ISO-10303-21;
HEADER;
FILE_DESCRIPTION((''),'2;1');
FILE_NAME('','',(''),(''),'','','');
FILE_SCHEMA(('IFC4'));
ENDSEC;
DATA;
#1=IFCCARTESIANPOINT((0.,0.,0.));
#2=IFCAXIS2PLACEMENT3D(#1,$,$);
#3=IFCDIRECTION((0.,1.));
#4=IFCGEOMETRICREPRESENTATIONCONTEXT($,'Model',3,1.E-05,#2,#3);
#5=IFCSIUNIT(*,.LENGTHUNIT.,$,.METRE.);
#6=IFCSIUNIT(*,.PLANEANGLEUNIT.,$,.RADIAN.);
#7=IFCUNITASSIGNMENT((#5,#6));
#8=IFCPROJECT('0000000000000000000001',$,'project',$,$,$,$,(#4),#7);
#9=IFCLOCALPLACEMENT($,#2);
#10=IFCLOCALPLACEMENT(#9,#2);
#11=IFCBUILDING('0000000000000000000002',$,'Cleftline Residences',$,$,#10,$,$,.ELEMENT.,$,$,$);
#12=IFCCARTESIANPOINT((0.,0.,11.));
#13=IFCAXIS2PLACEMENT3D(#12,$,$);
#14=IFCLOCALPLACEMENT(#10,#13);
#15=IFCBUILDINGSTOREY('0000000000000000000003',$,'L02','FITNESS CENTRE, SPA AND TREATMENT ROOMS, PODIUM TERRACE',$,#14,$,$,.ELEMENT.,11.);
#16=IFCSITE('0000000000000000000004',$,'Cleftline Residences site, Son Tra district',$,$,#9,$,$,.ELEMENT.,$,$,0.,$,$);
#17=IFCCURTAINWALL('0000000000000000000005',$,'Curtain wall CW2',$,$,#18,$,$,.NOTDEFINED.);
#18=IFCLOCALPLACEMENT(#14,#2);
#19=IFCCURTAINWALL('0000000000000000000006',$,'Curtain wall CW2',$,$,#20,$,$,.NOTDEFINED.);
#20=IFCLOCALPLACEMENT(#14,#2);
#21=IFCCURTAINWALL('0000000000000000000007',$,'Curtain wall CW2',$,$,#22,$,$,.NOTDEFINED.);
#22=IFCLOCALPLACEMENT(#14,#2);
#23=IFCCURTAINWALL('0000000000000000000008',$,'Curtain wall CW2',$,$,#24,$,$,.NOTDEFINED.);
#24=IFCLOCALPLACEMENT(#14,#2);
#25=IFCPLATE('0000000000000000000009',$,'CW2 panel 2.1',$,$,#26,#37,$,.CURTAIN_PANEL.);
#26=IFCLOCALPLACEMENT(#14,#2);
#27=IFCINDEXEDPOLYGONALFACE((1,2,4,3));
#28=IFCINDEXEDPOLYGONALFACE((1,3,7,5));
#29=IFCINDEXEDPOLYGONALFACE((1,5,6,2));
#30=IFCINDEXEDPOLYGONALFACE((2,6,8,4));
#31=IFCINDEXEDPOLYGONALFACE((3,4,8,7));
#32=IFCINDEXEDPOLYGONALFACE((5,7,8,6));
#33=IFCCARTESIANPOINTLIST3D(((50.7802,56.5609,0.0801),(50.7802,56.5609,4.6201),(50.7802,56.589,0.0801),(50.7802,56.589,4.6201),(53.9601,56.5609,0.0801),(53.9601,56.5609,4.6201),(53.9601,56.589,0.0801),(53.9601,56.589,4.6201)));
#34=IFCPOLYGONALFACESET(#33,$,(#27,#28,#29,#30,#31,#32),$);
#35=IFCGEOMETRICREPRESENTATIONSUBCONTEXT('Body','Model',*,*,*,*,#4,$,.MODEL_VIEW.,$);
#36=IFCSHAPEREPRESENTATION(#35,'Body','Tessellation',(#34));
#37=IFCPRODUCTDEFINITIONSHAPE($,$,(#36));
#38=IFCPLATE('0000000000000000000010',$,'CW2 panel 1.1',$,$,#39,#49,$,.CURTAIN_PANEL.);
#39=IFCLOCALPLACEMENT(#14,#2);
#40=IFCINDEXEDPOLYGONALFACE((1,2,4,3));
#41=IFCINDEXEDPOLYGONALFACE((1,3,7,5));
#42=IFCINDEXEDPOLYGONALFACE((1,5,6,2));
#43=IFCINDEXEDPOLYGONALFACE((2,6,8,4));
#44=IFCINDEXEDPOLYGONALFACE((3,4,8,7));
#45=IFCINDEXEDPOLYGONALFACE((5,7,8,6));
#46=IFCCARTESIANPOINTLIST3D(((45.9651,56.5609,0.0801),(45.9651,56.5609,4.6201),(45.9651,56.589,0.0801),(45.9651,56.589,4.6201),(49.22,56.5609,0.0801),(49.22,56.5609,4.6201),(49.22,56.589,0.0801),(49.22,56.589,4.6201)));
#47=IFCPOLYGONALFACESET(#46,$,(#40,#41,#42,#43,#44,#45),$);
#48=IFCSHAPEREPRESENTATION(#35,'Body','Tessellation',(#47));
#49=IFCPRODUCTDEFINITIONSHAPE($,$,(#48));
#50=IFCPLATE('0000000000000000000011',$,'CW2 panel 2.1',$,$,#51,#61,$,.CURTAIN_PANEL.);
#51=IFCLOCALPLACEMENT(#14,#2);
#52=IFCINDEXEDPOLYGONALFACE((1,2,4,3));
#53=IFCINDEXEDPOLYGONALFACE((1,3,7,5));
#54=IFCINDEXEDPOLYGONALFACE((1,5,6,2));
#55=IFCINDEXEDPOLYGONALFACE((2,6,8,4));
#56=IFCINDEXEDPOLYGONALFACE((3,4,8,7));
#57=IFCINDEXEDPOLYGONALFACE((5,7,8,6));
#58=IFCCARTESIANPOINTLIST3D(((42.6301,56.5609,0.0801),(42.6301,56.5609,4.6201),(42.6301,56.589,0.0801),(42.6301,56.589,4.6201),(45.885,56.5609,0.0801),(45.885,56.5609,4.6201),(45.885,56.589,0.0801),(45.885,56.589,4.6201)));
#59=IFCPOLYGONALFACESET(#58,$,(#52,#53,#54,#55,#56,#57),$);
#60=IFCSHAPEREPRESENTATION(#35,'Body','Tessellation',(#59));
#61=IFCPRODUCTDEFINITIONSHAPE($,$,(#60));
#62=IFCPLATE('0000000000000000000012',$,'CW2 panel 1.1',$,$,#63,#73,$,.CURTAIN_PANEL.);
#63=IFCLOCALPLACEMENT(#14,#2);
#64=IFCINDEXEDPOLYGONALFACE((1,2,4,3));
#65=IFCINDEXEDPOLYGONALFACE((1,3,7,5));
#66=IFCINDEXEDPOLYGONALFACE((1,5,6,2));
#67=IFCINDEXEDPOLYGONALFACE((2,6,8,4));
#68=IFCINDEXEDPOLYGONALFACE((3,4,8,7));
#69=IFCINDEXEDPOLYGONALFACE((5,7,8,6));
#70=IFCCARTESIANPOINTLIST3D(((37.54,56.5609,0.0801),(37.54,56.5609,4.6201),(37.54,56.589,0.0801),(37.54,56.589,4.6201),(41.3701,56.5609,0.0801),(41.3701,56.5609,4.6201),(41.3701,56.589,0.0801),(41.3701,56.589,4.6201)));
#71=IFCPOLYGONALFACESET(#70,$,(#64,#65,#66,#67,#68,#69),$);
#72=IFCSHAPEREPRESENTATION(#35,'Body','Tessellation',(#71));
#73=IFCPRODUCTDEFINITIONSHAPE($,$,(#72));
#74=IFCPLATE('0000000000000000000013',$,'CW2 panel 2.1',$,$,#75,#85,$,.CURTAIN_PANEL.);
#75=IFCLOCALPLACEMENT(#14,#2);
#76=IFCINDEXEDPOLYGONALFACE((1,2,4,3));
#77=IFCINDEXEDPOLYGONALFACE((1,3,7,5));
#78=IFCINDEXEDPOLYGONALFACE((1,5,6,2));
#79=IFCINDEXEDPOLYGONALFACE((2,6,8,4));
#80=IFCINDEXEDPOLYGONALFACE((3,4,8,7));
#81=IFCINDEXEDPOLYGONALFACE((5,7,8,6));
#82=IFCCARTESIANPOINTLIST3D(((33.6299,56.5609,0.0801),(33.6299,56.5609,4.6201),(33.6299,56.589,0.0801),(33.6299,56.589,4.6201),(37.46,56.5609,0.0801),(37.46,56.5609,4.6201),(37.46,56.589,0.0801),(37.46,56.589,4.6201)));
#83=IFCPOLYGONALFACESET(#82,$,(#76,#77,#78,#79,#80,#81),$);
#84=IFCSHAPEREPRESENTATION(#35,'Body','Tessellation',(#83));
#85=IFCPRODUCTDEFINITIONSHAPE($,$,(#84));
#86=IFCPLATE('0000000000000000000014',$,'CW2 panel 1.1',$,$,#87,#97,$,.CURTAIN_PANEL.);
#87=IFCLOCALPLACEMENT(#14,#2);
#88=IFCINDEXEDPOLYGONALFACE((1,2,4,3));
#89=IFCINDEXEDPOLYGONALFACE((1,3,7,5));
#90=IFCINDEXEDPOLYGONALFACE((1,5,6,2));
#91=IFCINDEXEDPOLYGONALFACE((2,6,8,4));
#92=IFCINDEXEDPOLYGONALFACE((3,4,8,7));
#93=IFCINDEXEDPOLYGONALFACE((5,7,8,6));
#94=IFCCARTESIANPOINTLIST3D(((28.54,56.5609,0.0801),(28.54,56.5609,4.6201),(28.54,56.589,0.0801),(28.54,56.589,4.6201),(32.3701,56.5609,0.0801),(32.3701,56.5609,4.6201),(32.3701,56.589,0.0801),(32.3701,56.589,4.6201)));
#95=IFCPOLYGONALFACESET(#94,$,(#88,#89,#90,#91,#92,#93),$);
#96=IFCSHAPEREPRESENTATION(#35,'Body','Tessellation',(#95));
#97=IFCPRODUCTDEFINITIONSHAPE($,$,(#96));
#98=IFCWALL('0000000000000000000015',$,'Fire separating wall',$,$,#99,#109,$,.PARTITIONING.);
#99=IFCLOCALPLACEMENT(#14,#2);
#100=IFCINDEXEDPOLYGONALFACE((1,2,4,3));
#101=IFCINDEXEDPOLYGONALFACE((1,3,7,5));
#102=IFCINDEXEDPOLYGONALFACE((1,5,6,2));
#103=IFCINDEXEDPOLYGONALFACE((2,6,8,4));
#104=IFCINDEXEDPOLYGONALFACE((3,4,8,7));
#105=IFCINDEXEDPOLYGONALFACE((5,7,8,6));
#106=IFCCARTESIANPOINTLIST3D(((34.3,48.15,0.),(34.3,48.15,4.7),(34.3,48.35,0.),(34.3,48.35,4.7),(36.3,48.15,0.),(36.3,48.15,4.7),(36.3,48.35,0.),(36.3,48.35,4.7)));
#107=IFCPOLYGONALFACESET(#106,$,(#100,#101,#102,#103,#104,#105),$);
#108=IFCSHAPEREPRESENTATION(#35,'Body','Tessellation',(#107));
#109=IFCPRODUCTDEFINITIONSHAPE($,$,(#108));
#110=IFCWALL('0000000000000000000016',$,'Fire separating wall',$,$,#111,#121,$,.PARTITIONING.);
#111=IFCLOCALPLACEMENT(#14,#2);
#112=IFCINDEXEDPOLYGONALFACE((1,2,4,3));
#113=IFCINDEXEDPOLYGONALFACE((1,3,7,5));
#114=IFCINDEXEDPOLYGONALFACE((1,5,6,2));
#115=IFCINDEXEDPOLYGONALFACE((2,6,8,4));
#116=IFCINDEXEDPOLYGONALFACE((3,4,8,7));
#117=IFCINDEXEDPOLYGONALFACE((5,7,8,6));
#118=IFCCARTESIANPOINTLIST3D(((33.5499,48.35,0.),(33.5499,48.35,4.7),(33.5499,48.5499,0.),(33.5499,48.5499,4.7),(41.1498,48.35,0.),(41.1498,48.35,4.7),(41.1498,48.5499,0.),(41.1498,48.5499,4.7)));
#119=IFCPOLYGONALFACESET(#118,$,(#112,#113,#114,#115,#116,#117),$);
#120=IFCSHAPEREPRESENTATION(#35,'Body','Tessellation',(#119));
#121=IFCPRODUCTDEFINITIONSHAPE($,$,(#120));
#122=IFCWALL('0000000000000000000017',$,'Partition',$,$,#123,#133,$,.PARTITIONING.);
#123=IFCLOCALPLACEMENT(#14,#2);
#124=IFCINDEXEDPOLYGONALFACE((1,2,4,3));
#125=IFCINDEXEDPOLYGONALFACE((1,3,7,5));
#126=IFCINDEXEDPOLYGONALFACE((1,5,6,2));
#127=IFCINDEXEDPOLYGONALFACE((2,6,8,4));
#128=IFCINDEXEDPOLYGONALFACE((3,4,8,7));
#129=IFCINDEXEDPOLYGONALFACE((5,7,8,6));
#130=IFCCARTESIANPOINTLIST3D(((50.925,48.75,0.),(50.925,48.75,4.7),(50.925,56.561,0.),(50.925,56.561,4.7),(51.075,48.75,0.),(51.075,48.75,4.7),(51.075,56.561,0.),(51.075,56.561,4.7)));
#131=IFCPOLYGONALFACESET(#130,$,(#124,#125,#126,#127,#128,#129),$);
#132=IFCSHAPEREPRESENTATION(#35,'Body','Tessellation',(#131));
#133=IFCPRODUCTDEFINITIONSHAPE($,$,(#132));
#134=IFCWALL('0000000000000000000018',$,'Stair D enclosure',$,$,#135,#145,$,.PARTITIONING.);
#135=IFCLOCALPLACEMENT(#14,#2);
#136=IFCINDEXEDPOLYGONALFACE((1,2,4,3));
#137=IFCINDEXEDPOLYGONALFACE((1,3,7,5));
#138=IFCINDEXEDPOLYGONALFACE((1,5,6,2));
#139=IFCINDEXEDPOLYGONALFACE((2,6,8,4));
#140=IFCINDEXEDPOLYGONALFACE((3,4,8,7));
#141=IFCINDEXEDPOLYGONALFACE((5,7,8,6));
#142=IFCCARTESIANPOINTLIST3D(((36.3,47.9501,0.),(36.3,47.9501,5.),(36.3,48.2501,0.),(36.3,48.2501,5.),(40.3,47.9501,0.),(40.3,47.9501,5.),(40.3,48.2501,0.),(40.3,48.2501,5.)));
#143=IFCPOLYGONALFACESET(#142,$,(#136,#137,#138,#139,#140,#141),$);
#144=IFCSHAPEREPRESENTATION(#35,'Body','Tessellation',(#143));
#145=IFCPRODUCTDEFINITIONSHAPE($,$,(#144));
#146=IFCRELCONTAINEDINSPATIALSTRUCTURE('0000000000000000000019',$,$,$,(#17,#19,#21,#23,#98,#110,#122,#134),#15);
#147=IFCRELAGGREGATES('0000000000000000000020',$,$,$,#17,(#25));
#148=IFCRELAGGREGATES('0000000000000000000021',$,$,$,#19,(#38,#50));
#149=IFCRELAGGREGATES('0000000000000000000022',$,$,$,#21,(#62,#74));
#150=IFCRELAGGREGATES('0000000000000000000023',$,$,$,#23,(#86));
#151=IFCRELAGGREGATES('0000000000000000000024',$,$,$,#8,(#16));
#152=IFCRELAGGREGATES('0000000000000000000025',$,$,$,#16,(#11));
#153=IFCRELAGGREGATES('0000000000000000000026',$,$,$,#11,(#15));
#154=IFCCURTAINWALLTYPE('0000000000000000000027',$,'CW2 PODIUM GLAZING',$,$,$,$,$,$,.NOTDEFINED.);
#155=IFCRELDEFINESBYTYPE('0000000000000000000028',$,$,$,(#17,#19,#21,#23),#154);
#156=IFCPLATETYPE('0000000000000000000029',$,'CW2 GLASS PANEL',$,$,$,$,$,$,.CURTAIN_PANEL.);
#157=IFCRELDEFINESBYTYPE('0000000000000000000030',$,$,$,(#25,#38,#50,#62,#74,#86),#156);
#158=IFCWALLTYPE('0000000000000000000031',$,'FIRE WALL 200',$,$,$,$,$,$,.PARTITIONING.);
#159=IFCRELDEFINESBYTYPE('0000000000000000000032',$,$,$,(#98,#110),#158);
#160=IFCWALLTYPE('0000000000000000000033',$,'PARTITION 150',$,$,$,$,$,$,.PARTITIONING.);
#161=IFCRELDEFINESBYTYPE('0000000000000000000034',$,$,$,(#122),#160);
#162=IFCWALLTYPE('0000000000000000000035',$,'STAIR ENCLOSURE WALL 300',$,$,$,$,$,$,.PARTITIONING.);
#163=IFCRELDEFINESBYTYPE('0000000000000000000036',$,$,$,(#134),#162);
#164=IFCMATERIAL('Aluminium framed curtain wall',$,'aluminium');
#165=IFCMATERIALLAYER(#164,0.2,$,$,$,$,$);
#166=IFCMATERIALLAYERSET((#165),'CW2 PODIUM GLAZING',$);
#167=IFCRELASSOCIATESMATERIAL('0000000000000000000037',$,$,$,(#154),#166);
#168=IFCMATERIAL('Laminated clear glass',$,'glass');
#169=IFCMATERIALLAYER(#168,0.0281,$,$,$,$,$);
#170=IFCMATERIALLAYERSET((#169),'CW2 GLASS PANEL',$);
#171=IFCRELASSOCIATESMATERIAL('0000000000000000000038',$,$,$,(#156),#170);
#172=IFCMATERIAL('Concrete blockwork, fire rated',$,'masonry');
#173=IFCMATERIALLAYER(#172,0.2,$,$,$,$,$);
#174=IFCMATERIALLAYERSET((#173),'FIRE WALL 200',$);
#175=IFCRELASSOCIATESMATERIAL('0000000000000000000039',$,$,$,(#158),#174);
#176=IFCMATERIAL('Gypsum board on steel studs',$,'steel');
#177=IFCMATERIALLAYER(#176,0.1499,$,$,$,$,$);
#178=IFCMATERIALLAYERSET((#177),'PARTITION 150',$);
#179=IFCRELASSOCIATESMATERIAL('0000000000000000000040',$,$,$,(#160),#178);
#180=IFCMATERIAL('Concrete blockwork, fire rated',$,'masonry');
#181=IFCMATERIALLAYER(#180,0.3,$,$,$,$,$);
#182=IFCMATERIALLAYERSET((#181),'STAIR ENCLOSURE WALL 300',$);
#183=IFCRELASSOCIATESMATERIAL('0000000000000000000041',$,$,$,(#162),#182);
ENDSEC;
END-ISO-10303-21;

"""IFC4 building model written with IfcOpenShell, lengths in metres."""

from ifc_helpers import new_model, si_unit, direction, frame, frame_2d, origin, origin_2d, place, context, subcontext, project, spatial, rectangle, extrude, material, layer, layer_set, type_object, element, aggregate, save


model = new_model("IFC4")

# Units and contexts
model_context = context("Model", 3, precision=1e-05, world=origin(), true_north=direction((0.0, 1.0)))
body_context = subcontext(model_context, "Body", "Model", "MODEL_VIEW")
ifc_project = project(units=[si_unit("LENGTHUNIT", "METRE"), si_unit("PLANEANGLEUNIT", "RADIAN")], contexts=[model_context])

# Site, building, storey
site_placement = place(None, origin())
site = spatial("IfcSite", under=ifc_project, at=site_placement, Name="Cleftline Residences site, Son Tra district", CompositionType="ELEMENT", RefElevation=0.0)
building_placement = place(site_placement, origin())
building = spatial("IfcBuilding", under=site, at=building_placement, Name="Cleftline Residences", CompositionType="ELEMENT")
storey_placement = place(building_placement, frame((0.0, 0.0, 11.0)))
storey = spatial("IfcBuildingStorey", under=building, at=storey_placement, Name="L02", Description="FITNESS CENTRE, SPA AND TREATMENT ROOMS, PODIUM TERRACE", CompositionType="ELEMENT", Elevation=11.0)

# Curtain walls
ifc_material_1 = material(Name="Aluminium framed curtain wall", Category="aluminium")
ifc_layer_1 = layer(ifc_material_1, 0.2)
ifc_layer_set_1 = layer_set([ifc_layer_1], Name="CW2 PODIUM GLAZING")
curtain_wall_type = type_object("IfcCurtainWallType", Name="CW2 PODIUM GLAZING", PredefinedType="NOTDEFINED", material=ifc_layer_set_1)
curtain_wall_1_placement = place(storey_placement, origin())
curtain_wall_1 = element("IfcCurtainWall", 1, at=curtain_wall_1_placement, inside=storey, type_object=curtain_wall_type, Name="Curtain wall CW2", PredefinedType="NOTDEFINED")
curtain_wall_2_placement = place(storey_placement, origin())
curtain_wall_2 = element("IfcCurtainWall", 2, at=curtain_wall_2_placement, inside=storey, type_object=curtain_wall_type, Name="Curtain wall CW2", PredefinedType="NOTDEFINED")
curtain_wall_3_placement = place(storey_placement, origin())
curtain_wall_3 = element("IfcCurtainWall", 3, at=curtain_wall_3_placement, inside=storey, type_object=curtain_wall_type, Name="Curtain wall CW2", PredefinedType="NOTDEFINED")

# Curtain wall
curtain_wall_4_placement = place(storey_placement, origin())
curtain_wall_4 = element("IfcCurtainWall", 4, at=curtain_wall_4_placement, inside=storey, type_object=curtain_wall_type, Name="Curtain wall CW2", PredefinedType="NOTDEFINED")

# Plates
ifc_material_2 = material(Name="Laminated clear glass", Category="glass")
ifc_layer_2 = layer(ifc_material_2, 0.0281)
ifc_layer_set_2 = layer_set([ifc_layer_2], Name="CW2 GLASS PANEL")
plate_type = type_object("IfcPlateType", Name="CW2 GLASS PANEL", PredefinedType="CURTAIN_PANEL", material=ifc_layer_set_2)
plate_1_placement = place(storey_placement, frame((52.3701, 56.575, 0.0801), z_axis=(0.0, 0.0, 1.0), x_axis=(-1.0, 0.0, 0.0)))
plate_1 = element("IfcPlate", 5, at=plate_1_placement, type_object=plate_type, Name="CW2 panel 2.1", PredefinedType="CURTAIN_PANEL", context=body_context, shape_type="SweptSolid", body=[
    extrude(rectangle(XDim=3.1799, YDim=0.0281, at=origin_2d()), origin(), (0.0, 0.0, 1.0), 4.54),
])
aggregate(curtain_wall_1, [plate_1])
plate_2_placement = place(storey_placement, frame((47.5925, 56.575, 0.0801), z_axis=(0.0, 0.0, 1.0), x_axis=(-1.0, 0.0, 0.0)))
plate_2 = element("IfcPlate", 6, at=plate_2_placement, type_object=plate_type, Name="CW2 panel 1.1", PredefinedType="CURTAIN_PANEL", context=body_context, shape_type="SweptSolid", body=[
    extrude(rectangle(XDim=3.2549, YDim=0.0281, at=origin_2d()), origin(), (0.0, 0.0, 1.0), 4.54),
])
plate_3_placement = place(storey_placement, frame((44.2576, 56.575, 0.0801), z_axis=(0.0, 0.0, 1.0), x_axis=(-1.0, 0.0, 0.0)))
plate_3 = element("IfcPlate", 7, at=plate_3_placement, type_object=plate_type, Name="CW2 panel 2.1", PredefinedType="CURTAIN_PANEL", context=body_context, shape_type="SweptSolid", body=[
    extrude(rectangle(XDim=3.2549, YDim=0.0281, at=origin_2d()), origin(), (0.0, 0.0, 1.0), 4.54),
])
aggregate(curtain_wall_2, [plate_2, plate_3])
plate_4_placement = place(storey_placement, frame((39.4551, 56.575, 0.0801), z_axis=(0.0, 0.0, 1.0), x_axis=(-1.0, 0.0, 0.0)))
plate_4 = element("IfcPlate", 8, at=plate_4_placement, type_object=plate_type, Name="CW2 panel 1.1", PredefinedType="CURTAIN_PANEL", context=body_context, shape_type="SweptSolid", body=[
    extrude(rectangle(XDim=3.8301, YDim=0.0281, at=origin_2d()), origin(), (0.0, 0.0, 1.0), 4.54),
])
plate_5_placement = place(storey_placement, frame((35.5449, 56.575, 0.0801), z_axis=(0.0, 0.0, 1.0), x_axis=(-1.0, 0.0, 0.0)))
plate_5 = element("IfcPlate", 9, at=plate_5_placement, type_object=plate_type, Name="CW2 panel 2.1", PredefinedType="CURTAIN_PANEL", context=body_context, shape_type="SweptSolid", body=[
    extrude(rectangle(XDim=3.8301, YDim=0.0281, at=origin_2d()), origin(), (0.0, 0.0, 1.0), 4.54),
])
aggregate(curtain_wall_3, [plate_4, plate_5])
plate_6_placement = place(storey_placement, frame((30.4551, 56.575, 0.0801), z_axis=(0.0, 0.0, 1.0), x_axis=(-1.0, 0.0, 0.0)))
plate_6 = element("IfcPlate", 10, at=plate_6_placement, type_object=plate_type, Name="CW2 panel 1.1", PredefinedType="CURTAIN_PANEL", context=body_context, shape_type="SweptSolid", body=[
    extrude(rectangle(XDim=3.8301, YDim=0.0281, at=origin_2d()), origin(), (0.0, 0.0, 1.0), 4.54),
])
aggregate(curtain_wall_4, [plate_6])

# Walls
ifc_material_3 = material(Name="Concrete blockwork, fire rated", Category="masonry")
ifc_layer_3 = layer(ifc_material_3, 0.2)
ifc_layer_set_3 = layer_set([ifc_layer_3], Name="FIRE WALL 200")
wall_type_1 = type_object("IfcWallType", Name="FIRE WALL 200", PredefinedType="PARTITIONING", material=ifc_layer_set_3)
wall_1_placement = place(storey_placement, frame((34.3, 48.25, 0.0), z_axis=(0.0, 0.0, 1.0), x_axis=(1.0, 0.0, 0.0)))
element("IfcWall", 11, at=wall_1_placement, inside=storey, type_object=wall_type_1, Name="Fire separating wall", PredefinedType="PARTITIONING", context=body_context, shape_type="SweptSolid", body=[
    extrude(rectangle(XDim=2.0, YDim=0.2, at=frame_2d((1.0, 0.0))), origin(), (0.0, 0.0, 1.0), 4.7),
])
wall_2_placement = place(storey_placement, frame((33.55, 48.45, 0.0), z_axis=(0.0, 0.0, 1.0), x_axis=(1.0, 0.0, 0.0)))
element("IfcWall", 12, at=wall_2_placement, inside=storey, type_object=wall_type_1, Name="Fire separating wall", PredefinedType="PARTITIONING", context=body_context, shape_type="SweptSolid", body=[
    extrude(rectangle(XDim=7.5999, YDim=0.2, at=frame_2d((3.7998, 0.0))), origin(), (0.0, 0.0, 1.0), 4.7),
])
ifc_material_4 = material(Name="Gypsum board on steel studs", Category="steel")
ifc_layer_4 = layer(ifc_material_4, 0.1499)
ifc_layer_set_4 = layer_set([ifc_layer_4], Name="PARTITION 150")
wall_type_2 = type_object("IfcWallType", Name="PARTITION 150", PredefinedType="PARTITIONING", material=ifc_layer_set_4)
wall_3_placement = place(storey_placement, frame((51.0, 48.75, 0.0), z_axis=(0.0, 0.0, 1.0), x_axis=(0.0, 1.0, 0.0)))
element("IfcWall", 13, at=wall_3_placement, inside=storey, type_object=wall_type_2, Name="Partition", PredefinedType="PARTITIONING", context=body_context, shape_type="SweptSolid", body=[
    extrude(rectangle(XDim=7.811, YDim=0.1499, at=frame_2d((3.9055, 0.0))), origin(), (0.0, 0.0, 1.0), 4.7),
])
ifc_material_5 = material(Name="Concrete blockwork, fire rated", Category="masonry")
ifc_layer_5 = layer(ifc_material_5, 0.3)
ifc_layer_set_5 = layer_set([ifc_layer_5], Name="STAIR ENCLOSURE WALL 300")
wall_type_3 = type_object("IfcWallType", Name="STAIR ENCLOSURE WALL 300", PredefinedType="PARTITIONING", material=ifc_layer_set_5)
wall_4_placement = place(storey_placement, frame((36.3, 48.1001, 0.0), z_axis=(0.0, 0.0, 1.0), x_axis=(1.0, 0.0, 0.0)))
element("IfcWall", 14, at=wall_4_placement, inside=storey, type_object=wall_type_3, Name="Stair D enclosure", PredefinedType="PARTITIONING", context=body_context, shape_type="SweptSolid", body=[
    extrude(rectangle(XDim=4.0, YDim=0.3, at=frame_2d((2.0, 0.0))), origin(), (0.0, 0.0, 1.0), 5.0),
])

save(model, "model.ifc")
